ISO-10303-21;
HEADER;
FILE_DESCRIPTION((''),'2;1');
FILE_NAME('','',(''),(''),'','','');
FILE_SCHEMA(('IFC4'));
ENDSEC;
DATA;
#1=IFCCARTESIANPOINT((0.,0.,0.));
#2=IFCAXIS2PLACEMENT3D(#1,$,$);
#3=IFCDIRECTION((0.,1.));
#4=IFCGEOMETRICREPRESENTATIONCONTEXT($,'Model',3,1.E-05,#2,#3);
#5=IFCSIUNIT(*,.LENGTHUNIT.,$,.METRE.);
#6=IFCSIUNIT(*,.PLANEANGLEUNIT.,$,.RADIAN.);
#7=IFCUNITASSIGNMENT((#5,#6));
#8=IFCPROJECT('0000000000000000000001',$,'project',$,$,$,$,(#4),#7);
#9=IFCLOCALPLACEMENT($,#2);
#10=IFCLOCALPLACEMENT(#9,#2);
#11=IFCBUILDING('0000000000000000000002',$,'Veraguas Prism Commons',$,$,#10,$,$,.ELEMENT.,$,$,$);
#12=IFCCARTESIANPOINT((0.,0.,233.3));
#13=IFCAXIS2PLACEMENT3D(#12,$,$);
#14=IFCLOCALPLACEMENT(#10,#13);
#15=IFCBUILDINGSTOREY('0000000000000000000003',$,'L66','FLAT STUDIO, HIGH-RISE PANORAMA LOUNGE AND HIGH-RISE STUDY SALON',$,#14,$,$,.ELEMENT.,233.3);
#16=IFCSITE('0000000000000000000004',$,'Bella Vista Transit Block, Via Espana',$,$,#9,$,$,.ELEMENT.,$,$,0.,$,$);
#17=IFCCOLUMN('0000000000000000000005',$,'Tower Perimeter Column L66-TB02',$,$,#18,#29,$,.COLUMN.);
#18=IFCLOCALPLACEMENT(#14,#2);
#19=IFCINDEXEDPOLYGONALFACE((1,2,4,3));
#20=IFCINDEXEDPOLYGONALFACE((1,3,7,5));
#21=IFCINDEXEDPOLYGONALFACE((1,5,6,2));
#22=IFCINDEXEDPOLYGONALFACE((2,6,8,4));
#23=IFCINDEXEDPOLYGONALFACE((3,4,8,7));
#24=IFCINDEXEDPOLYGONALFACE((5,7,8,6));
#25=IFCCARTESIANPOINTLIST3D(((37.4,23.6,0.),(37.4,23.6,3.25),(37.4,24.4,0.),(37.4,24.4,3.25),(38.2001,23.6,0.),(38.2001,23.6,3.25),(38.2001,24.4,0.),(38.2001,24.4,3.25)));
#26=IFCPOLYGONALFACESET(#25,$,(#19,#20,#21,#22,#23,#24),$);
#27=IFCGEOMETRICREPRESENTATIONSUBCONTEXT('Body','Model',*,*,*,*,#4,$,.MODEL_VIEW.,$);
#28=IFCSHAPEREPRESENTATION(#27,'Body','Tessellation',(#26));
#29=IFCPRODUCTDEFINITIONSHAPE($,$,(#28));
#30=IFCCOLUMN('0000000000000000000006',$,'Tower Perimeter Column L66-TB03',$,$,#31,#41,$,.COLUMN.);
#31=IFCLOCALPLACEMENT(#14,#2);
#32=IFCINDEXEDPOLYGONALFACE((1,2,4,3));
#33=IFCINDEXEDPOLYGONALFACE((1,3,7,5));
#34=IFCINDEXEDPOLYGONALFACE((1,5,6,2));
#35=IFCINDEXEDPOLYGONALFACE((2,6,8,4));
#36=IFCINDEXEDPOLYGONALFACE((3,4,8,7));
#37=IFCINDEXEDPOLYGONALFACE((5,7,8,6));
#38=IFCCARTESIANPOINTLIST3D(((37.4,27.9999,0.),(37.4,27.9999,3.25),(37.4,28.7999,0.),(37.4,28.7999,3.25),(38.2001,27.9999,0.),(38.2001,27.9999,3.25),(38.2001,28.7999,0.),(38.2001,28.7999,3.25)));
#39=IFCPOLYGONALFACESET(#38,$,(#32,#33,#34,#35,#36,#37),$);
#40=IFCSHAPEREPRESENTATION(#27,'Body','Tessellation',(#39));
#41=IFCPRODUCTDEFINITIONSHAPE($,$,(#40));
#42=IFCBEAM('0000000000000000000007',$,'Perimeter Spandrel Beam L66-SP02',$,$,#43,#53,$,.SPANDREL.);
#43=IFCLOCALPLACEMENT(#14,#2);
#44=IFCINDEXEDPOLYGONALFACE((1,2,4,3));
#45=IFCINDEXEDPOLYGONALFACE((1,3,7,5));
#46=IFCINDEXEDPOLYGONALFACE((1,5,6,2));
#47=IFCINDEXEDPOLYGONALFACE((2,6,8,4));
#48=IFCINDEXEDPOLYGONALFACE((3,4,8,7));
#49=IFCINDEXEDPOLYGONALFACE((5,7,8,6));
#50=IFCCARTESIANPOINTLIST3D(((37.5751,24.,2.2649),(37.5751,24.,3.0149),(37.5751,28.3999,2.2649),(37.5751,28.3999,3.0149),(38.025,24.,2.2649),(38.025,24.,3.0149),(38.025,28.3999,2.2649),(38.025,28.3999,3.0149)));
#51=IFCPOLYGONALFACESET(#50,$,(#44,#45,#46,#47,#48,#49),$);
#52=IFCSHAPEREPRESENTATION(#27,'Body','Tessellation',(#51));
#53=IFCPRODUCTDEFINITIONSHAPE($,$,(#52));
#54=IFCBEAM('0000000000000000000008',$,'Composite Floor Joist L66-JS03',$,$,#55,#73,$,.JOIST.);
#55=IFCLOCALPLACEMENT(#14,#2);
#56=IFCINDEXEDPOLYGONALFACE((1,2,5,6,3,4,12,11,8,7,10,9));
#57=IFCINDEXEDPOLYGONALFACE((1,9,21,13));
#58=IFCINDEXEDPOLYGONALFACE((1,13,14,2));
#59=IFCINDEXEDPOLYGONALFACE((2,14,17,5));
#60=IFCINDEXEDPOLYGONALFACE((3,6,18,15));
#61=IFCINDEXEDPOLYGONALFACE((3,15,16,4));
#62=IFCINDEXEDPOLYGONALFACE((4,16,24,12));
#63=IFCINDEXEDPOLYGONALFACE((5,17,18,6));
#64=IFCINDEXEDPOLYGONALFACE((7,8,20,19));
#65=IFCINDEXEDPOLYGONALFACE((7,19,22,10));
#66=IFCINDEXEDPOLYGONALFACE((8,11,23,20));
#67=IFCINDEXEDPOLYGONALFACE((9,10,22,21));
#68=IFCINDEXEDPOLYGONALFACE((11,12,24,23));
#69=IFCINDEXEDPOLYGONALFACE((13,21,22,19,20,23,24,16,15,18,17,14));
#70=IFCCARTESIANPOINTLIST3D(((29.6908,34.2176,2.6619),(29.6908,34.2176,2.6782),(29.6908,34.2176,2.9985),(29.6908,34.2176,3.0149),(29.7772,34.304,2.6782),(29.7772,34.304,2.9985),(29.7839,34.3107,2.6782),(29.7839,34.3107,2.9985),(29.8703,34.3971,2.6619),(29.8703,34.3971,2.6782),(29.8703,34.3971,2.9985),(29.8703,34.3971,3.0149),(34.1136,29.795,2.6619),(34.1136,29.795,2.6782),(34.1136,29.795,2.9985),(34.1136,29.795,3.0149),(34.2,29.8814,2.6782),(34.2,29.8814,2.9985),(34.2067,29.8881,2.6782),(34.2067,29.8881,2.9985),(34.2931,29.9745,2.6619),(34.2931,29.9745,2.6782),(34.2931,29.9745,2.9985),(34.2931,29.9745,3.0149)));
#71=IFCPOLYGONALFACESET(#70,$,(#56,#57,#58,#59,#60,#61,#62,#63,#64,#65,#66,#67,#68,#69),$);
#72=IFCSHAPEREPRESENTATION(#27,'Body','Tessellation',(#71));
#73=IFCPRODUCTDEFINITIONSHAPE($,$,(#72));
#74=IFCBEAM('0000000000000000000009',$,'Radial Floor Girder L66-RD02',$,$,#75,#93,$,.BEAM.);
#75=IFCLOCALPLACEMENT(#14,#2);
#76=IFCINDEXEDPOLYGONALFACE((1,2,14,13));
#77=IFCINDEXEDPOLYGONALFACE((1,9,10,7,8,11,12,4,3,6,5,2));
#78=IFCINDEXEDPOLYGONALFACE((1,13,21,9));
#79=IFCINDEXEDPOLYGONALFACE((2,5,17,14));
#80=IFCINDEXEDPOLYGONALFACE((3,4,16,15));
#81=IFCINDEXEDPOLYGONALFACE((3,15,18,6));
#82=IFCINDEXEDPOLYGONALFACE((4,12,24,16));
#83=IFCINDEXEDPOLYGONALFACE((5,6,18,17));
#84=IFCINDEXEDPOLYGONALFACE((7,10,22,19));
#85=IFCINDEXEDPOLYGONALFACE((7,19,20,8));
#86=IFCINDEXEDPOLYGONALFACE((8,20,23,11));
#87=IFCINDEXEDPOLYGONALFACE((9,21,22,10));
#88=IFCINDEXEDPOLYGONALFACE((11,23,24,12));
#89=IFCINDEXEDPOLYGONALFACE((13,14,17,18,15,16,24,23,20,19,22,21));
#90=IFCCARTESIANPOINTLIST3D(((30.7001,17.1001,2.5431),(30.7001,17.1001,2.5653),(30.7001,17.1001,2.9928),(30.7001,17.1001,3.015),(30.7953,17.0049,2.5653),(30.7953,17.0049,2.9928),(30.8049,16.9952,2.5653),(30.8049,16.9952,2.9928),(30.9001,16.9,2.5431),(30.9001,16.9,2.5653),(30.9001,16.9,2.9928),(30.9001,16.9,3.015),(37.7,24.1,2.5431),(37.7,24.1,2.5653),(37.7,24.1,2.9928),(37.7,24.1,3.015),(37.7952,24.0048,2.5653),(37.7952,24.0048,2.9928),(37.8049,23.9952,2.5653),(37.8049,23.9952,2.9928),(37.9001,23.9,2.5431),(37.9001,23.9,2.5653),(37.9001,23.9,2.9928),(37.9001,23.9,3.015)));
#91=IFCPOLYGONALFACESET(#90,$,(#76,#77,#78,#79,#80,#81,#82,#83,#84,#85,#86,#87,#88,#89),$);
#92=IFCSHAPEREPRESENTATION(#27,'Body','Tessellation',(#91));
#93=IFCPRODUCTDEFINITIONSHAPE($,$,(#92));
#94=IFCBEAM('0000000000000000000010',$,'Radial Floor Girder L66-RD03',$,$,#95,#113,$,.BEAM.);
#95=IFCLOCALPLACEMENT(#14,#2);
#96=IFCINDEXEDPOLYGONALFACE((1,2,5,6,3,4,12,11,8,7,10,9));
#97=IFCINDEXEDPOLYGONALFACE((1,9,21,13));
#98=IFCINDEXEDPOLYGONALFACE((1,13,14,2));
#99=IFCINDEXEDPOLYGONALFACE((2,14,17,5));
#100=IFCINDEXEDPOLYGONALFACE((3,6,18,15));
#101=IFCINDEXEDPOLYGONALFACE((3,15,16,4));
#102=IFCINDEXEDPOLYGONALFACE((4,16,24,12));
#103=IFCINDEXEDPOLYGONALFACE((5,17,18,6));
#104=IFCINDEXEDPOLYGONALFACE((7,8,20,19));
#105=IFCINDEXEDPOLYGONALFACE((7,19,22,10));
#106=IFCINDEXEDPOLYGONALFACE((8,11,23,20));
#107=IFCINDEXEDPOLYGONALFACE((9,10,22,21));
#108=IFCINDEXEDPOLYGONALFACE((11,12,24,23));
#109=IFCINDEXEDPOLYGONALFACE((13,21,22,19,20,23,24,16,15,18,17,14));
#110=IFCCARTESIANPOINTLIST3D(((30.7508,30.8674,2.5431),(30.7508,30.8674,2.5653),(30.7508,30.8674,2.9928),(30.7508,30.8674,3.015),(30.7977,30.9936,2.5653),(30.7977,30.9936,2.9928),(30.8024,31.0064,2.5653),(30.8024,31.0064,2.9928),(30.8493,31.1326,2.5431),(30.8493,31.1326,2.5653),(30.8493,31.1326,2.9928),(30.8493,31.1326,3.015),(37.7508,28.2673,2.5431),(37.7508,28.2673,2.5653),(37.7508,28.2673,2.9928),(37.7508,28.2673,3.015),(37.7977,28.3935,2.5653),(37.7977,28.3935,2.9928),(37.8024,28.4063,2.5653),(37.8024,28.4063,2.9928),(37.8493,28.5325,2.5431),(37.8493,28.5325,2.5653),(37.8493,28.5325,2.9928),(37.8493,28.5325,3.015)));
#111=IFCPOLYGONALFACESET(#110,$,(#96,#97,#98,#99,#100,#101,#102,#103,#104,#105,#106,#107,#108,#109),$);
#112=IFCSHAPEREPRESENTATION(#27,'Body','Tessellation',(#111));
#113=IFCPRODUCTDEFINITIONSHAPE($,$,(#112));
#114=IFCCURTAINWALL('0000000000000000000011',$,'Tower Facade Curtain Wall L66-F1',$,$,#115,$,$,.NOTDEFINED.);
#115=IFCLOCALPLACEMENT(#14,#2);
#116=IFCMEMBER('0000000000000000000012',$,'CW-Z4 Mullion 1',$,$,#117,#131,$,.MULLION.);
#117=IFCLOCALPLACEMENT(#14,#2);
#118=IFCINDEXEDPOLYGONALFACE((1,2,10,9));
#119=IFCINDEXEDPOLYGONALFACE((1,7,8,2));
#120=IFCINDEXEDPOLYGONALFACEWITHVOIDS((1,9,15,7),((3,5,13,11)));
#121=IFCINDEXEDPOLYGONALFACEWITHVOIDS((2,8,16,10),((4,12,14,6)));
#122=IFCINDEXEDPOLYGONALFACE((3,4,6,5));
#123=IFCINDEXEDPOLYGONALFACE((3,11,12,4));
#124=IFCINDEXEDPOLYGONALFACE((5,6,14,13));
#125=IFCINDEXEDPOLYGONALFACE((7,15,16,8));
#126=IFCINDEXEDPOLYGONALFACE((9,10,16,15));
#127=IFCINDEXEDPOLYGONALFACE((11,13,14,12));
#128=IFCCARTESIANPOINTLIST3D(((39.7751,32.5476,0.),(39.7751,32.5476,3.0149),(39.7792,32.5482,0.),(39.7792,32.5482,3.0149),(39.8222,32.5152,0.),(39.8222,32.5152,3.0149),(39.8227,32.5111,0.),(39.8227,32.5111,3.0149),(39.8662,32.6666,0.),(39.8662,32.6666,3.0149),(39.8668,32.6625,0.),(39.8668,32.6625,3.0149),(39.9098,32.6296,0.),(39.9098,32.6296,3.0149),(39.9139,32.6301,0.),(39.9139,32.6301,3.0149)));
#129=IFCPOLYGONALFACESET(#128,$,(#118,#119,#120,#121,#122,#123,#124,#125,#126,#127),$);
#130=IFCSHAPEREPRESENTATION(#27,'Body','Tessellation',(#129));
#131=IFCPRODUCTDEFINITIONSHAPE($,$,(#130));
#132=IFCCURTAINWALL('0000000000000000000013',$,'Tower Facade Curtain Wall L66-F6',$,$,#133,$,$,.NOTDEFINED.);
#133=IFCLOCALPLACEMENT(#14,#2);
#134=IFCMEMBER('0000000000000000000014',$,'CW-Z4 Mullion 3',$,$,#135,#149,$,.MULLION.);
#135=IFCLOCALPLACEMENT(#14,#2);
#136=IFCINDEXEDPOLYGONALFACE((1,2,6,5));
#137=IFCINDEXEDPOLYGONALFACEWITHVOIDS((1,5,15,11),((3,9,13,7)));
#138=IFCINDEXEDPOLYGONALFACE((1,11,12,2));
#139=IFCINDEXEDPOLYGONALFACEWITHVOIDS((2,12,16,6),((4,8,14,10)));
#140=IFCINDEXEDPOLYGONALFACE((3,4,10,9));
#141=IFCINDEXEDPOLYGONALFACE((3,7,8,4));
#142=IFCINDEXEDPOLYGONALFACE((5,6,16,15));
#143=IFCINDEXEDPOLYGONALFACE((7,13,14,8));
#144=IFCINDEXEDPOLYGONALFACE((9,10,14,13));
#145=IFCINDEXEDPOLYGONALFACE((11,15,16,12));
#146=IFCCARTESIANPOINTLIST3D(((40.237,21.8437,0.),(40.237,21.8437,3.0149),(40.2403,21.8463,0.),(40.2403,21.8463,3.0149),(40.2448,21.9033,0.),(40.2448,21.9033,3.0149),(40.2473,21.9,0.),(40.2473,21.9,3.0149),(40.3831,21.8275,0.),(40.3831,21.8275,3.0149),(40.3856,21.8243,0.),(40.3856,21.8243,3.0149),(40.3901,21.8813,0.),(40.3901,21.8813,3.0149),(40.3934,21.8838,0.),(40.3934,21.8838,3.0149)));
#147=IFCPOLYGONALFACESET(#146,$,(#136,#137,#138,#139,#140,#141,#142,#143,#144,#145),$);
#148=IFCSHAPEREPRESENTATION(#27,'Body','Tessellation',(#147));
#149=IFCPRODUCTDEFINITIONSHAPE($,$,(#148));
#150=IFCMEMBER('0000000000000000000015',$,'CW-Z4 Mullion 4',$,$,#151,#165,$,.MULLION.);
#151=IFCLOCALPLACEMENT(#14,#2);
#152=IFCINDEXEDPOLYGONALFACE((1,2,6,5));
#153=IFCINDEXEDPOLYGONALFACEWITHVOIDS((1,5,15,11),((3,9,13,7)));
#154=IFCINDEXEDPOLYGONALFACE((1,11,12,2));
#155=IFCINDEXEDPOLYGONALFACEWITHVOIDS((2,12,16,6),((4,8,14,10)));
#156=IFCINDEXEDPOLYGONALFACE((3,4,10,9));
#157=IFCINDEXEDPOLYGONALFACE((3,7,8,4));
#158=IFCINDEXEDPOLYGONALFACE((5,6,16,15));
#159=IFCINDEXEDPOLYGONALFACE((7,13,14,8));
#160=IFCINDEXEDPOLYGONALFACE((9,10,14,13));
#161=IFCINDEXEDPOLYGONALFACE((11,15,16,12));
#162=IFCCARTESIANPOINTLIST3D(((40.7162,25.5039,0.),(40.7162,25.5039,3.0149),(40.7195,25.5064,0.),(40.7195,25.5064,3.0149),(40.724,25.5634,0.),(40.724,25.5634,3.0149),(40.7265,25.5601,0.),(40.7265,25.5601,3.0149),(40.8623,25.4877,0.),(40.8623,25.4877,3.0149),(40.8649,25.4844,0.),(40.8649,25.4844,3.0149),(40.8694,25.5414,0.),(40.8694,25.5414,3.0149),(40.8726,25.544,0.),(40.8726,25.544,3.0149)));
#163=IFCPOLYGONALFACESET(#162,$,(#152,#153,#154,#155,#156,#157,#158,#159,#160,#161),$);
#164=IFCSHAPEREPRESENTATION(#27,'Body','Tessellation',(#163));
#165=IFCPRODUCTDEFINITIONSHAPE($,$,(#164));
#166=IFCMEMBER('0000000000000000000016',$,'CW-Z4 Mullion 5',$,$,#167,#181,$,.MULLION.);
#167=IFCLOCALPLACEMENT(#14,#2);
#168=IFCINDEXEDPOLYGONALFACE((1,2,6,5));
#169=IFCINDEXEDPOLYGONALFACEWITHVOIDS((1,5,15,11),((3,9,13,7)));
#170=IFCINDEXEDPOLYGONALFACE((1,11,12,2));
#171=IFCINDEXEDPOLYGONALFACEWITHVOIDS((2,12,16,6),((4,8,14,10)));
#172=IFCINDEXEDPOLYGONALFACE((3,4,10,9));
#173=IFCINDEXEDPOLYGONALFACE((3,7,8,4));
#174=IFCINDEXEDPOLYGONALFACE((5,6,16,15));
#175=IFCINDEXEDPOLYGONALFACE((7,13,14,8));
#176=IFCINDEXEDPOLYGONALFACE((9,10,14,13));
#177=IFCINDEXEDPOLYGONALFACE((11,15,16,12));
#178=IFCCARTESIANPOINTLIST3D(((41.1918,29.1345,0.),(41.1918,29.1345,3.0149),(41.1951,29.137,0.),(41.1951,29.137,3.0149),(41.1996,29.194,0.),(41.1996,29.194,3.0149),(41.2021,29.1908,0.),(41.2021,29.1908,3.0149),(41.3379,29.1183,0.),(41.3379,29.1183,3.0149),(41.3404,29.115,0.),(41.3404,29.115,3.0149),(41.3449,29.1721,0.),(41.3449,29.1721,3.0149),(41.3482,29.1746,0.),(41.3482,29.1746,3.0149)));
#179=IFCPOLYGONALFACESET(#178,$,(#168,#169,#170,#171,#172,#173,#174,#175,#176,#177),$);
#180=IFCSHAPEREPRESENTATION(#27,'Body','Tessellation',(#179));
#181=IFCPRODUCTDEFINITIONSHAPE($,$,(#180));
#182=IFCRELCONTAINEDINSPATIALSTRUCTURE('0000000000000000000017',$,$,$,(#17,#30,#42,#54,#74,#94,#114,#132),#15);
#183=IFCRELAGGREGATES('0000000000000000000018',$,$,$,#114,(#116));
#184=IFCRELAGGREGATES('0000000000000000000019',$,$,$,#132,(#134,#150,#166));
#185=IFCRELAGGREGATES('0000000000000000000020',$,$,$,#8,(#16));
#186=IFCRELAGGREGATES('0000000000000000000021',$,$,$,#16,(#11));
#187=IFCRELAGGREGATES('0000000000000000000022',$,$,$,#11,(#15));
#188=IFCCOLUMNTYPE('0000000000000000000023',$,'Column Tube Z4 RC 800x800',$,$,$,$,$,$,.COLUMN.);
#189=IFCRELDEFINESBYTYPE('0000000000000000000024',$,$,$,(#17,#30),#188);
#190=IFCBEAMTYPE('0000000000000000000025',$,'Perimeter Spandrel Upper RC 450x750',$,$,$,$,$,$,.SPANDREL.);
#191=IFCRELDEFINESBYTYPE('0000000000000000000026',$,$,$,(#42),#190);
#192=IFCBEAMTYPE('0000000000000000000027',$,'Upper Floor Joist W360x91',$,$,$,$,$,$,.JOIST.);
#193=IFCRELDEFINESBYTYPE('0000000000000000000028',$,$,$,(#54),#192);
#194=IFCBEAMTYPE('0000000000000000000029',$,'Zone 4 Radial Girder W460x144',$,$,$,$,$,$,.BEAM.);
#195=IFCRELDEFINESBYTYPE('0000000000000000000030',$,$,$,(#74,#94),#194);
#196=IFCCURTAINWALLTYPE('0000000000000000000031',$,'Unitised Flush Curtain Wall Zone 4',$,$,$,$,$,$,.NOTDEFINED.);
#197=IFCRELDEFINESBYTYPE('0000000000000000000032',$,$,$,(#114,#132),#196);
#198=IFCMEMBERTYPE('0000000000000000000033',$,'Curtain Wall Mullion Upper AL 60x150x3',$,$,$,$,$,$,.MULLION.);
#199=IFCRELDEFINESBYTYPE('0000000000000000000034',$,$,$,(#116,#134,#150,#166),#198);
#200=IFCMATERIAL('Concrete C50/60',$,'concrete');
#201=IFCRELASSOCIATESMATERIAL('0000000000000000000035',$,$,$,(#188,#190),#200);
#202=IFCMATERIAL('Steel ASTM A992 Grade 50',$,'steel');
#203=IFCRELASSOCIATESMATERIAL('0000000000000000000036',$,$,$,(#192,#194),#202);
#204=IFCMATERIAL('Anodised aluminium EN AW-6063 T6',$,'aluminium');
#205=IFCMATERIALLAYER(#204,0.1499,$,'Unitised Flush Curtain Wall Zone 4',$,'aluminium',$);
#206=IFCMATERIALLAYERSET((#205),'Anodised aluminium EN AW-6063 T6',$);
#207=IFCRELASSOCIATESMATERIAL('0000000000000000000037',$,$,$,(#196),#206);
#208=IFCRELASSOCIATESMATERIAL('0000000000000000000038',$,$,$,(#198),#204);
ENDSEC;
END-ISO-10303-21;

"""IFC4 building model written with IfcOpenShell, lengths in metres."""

from ifc_helpers import new_model, si_unit, direction, frame, origin, origin_2d, place, context, subcontext, project, spatial, rectangle, hollow_rectangle, i_section, extrude, source, transform, mapped, material, layer, layer_set, material_profile, profile_set, type_object, element, aggregate, save


model = new_model("IFC4")

# Units and contexts
model_context = context("Model", 3, precision=1e-05, world=origin(), true_north=direction((0.0, 1.0)))
body_context = subcontext(model_context, "Body", "Model", "MODEL_VIEW")
ifc_project = project(units=[si_unit("LENGTHUNIT", "METRE"), si_unit("PLANEANGLEUNIT", "RADIAN")], contexts=[model_context])

# Site, building, storey
site_placement = place(None, origin())
site = spatial("IfcSite", under=ifc_project, at=site_placement, Name="Bella Vista Transit Block, Via Espana", CompositionType="ELEMENT", RefElevation=0.0)
building_placement = place(site_placement, origin())
building = spatial("IfcBuilding", under=site, at=building_placement, Name="Veraguas Prism Commons", CompositionType="ELEMENT")
storey_placement = place(building_placement, frame((0.0, 0.0, 233.3)))
storey = spatial("IfcBuildingStorey", under=building, at=storey_placement, Name="L66", Description="FLAT STUDIO, HIGH-RISE PANORAMA LOUNGE AND HIGH-RISE STUDY SALON", CompositionType="ELEMENT", Elevation=233.3)

# Columns
ifc_material_1 = material(Name="Concrete C50/60", Category="concrete")
ifc_material_profile_1 = material_profile(ifc_material_1, rectangle(XDim=0.8, YDim=0.8, at=origin_2d()), Name="RC800X800")
ifc_profile_set_1 = profile_set([ifc_material_profile_1], Name="Concrete C50/60")
column_type = type_object("IfcColumnType", Name="Column Tube Z4 RC 800x800", PredefinedType="COLUMN", material=ifc_profile_set_1)
for number, where, z_axis, x_axis, name in (
    (1, (37.8, 24.0, 0.0), (0.0, 0.0, 1.0), (1.0, 0.0, 0.0), "Tower Perimeter Column L66-TB02"),
    (2, (37.8, 28.3999, 0.0), (0.0, 0.0, 1.0), (1.0, 0.0, 0.0), "Tower Perimeter Column L66-TB03"),
):
    element("IfcColumn", number, at=place(storey_placement, frame(where, z_axis=z_axis, x_axis=x_axis)), inside=storey, type_object=column_type, Name=name, PredefinedType="COLUMN", context=body_context, shape_type="SweptSolid", body=[
        extrude(rectangle(XDim=0.8, YDim=0.8, at=origin_2d()), origin(), (0.0, 0.0, 1.0), 3.25),
    ])

# Beams
ifc_material_profile_2 = material_profile(ifc_material_1, rectangle(XDim=0.45, YDim=0.75, at=origin_2d()), Name="RC450X750")
ifc_profile_set_2 = profile_set([ifc_material_profile_2], Name="Concrete C50/60")
beam_type_1 = type_object("IfcBeamType", Name="Perimeter Spandrel Upper RC 450x750", PredefinedType="SPANDREL", material=ifc_profile_set_2)
beam_1_placement = place(storey_placement, frame((37.8, 24.0, 2.6399), z_axis=(0.0, 1.0, 0.0), x_axis=(-1.0, 0.0, 0.0)))
element("IfcBeam", 3, at=beam_1_placement, inside=storey, type_object=beam_type_1, Name="Perimeter Spandrel Beam L66-SP02", PredefinedType="SPANDREL", context=body_context, shape_type="SweptSolid", body=[
    extrude(rectangle(XDim=0.45, YDim=0.75, at=origin_2d()), origin(), (0.0, 0.0, 1.0), 4.3999),
])
ifc_material_2 = material(Name="Steel ASTM A992 Grade 50", Category="steel")
ifc_material_profile_3 = material_profile(ifc_material_2, i_section(OverallWidth=0.2539, OverallDepth=0.353, WebThickness=0.0095, FlangeThickness=0.0164, at=origin_2d()), Name="W360X91")
ifc_profile_set_3 = profile_set([ifc_material_profile_3], Name="Steel ASTM A992 Grade 50")
beam_type_2 = type_object("IfcBeamType", Name="Upper Floor Joist W360x91", PredefinedType="JOIST", material=ifc_profile_set_3)
beam_2_placement = place(storey_placement, frame((34.2034, 29.8848, 2.8384), z_axis=(-0.707126, 0.707087, 0.0), x_axis=(-0.707087, -0.707126, 0.0)))
element("IfcBeam", 4, at=beam_2_placement, inside=storey, type_object=beam_type_2, Name="Composite Floor Joist L66-JS03", PredefinedType="JOIST", context=body_context, shape_type="SweptSolid", body=[
    extrude(i_section(OverallWidth=0.2539, OverallDepth=0.353, WebThickness=0.0095, FlangeThickness=0.0164, at=origin_2d()), origin(), (0.0, 0.0, 1.0), 6.2546),
])
ifc_material_profile_4 = material_profile(ifc_material_2, i_section(OverallWidth=0.283, OverallDepth=0.4719, WebThickness=0.0137, FlangeThickness=0.0222, at=origin_2d()), Name="W460X144")
ifc_profile_set_4 = profile_set([ifc_material_profile_4], Name="Steel ASTM A992 Grade 50")
beam_type_3 = type_object("IfcBeamType", Name="Zone 4 Radial Girder W460x144", PredefinedType="BEAM", material=ifc_profile_set_4)
beam_3_placement = place(storey_placement, frame((37.8, 24.0, 2.7791), z_axis=(-0.707107, -0.707107, 0.0), x_axis=(0.707107, -0.707107, 0.0)))
element("IfcBeam", 5, at=beam_3_placement, inside=storey, type_object=beam_type_3, Name="Radial Floor Girder L66-RD02", PredefinedType="BEAM", context=body_context, shape_type="SweptSolid", body=[
    extrude(i_section(OverallWidth=0.283, OverallDepth=0.4719, WebThickness=0.0137, FlangeThickness=0.0222, at=origin_2d()), origin(), (0.0, 0.0, 1.0), 9.8994),
])
beam_4_placement = place(storey_placement, frame((37.8, 28.3999, 2.7791), z_axis=(-0.937421, 0.348198, 0.0), x_axis=(-0.348198, -0.937421, 0.0)))
element("IfcBeam", 6, at=beam_4_placement, inside=storey, type_object=beam_type_3, Name="Radial Floor Girder L66-RD03", PredefinedType="BEAM", context=body_context, shape_type="SweptSolid", body=[
    extrude(i_section(OverallWidth=0.283, OverallDepth=0.4719, WebThickness=0.0137, FlangeThickness=0.0222, at=origin_2d()), origin(), (0.0, 0.0, 1.0), 7.4673),
])

# Curtain wall, member
ifc_material_3 = material(Name="Anodised aluminium EN AW-6063 T6", Category="aluminium")
ifc_layer_1 = layer(ifc_material_3, 0.1499, Name="Unitised Flush Curtain Wall Zone 4", Category="aluminium")
ifc_layer_set_1 = layer_set([ifc_layer_1], Name="Anodised aluminium EN AW-6063 T6")
curtain_wall_type = type_object("IfcCurtainWallType", Name="Unitised Flush Curtain Wall Zone 4", PredefinedType="NOTDEFINED", material=ifc_layer_set_1)
curtain_wall_1_placement = place(storey_placement, origin())
curtain_wall_1 = element("IfcCurtainWall", 7, at=curtain_wall_1_placement, inside=storey, type_object=curtain_wall_type, Name="Tower Facade Curtain Wall L66-F1", PredefinedType="NOTDEFINED")
ifc_material_profile_5 = material_profile(ifc_material_3, hollow_rectangle(XDim=0.0601, YDim=0.1499, WallThickness=0.0029, at=origin_2d()), Name="AL60X150X3")
ifc_profile_set_5 = profile_set([ifc_material_profile_5], Name="Anodised aluminium EN AW-6063 T6")
member_type_1 = type_object("IfcMemberType", Name="Curtain Wall Mullion Upper AL 60x150x3", PredefinedType="MULLION", material=ifc_profile_set_5)
shared_shape_1 = source(origin(), body_context, "Body", "SweptSolid", [
    extrude(hollow_rectangle(XDim=0.0601, YDim=0.1499, WallThickness=0.0029, at=origin_2d()), origin(), (0.0, 0.0, 1.0), 3.0149),
])
member_1_placement = place(storey_placement, frame((39.8445, 32.5889, 0.0), z_axis=(0.0, 0.0, 1.0), x_axis=(-0.79378, 0.608205, 0.0)))
member_1 = element("IfcMember", 8, at=member_1_placement, type_object=member_type_1, Name="CW-Z4 Mullion 1", PredefinedType="MULLION", context=body_context, shape_type="MappedRepresentation", body=[
    mapped(shared_shape_1, transform((0.0, 0.0, 0.0), scale=1.0)),
])

# Curtain wall, members
curtain_wall_2_placement = place(storey_placement, origin())
curtain_wall_2 = element("IfcCurtainWall", 9, at=curtain_wall_2_placement, inside=storey, type_object=curtain_wall_type, Name="Tower Facade Curtain Wall L66-F6", PredefinedType="NOTDEFINED")
member_2_placement = place(storey_placement, frame((40.3152, 21.8638, 0.0), z_axis=(0.0, 0.0, 1.0), x_axis=(0.129836, 0.991536, 0.0)))
member_2 = element("IfcMember", 10, at=member_2_placement, type_object=member_type_1, Name="CW-Z4 Mullion 3", PredefinedType="MULLION", context=body_context, shape_type="MappedRepresentation", body=[
    mapped(shared_shape_1, transform((0.0, 0.0, 0.0), scale=1.0)),
])
member_3_placement = place(storey_placement, frame((40.7944, 25.5239, 0.0), z_axis=(0.0, 0.0, 1.0), x_axis=(0.129836, 0.991536, 0.0)))
member_3 = element("IfcMember", 11, at=member_3_placement, type_object=member_type_1, Name="CW-Z4 Mullion 4", PredefinedType="MULLION", context=body_context, shape_type="MappedRepresentation", body=[
    mapped(shared_shape_1, transform((0.0, 0.0, 0.0), scale=1.0)),
])
member_4_placement = place(storey_placement, frame((41.27, 29.1545, 0.0), z_axis=(0.0, 0.0, 1.0), x_axis=(0.129836, 0.991536, 0.0)))
member_4 = element("IfcMember", 12, at=member_4_placement, type_object=member_type_1, Name="CW-Z4 Mullion 5", PredefinedType="MULLION", context=body_context, shape_type="MappedRepresentation", body=[
    mapped(shared_shape_1, transform((0.0, 0.0, 0.0), scale=1.0)),
])

aggregate(curtain_wall_1, [member_1])

aggregate(curtain_wall_2, [member_2, member_3, member_4])

save(model, "model.ifc")
